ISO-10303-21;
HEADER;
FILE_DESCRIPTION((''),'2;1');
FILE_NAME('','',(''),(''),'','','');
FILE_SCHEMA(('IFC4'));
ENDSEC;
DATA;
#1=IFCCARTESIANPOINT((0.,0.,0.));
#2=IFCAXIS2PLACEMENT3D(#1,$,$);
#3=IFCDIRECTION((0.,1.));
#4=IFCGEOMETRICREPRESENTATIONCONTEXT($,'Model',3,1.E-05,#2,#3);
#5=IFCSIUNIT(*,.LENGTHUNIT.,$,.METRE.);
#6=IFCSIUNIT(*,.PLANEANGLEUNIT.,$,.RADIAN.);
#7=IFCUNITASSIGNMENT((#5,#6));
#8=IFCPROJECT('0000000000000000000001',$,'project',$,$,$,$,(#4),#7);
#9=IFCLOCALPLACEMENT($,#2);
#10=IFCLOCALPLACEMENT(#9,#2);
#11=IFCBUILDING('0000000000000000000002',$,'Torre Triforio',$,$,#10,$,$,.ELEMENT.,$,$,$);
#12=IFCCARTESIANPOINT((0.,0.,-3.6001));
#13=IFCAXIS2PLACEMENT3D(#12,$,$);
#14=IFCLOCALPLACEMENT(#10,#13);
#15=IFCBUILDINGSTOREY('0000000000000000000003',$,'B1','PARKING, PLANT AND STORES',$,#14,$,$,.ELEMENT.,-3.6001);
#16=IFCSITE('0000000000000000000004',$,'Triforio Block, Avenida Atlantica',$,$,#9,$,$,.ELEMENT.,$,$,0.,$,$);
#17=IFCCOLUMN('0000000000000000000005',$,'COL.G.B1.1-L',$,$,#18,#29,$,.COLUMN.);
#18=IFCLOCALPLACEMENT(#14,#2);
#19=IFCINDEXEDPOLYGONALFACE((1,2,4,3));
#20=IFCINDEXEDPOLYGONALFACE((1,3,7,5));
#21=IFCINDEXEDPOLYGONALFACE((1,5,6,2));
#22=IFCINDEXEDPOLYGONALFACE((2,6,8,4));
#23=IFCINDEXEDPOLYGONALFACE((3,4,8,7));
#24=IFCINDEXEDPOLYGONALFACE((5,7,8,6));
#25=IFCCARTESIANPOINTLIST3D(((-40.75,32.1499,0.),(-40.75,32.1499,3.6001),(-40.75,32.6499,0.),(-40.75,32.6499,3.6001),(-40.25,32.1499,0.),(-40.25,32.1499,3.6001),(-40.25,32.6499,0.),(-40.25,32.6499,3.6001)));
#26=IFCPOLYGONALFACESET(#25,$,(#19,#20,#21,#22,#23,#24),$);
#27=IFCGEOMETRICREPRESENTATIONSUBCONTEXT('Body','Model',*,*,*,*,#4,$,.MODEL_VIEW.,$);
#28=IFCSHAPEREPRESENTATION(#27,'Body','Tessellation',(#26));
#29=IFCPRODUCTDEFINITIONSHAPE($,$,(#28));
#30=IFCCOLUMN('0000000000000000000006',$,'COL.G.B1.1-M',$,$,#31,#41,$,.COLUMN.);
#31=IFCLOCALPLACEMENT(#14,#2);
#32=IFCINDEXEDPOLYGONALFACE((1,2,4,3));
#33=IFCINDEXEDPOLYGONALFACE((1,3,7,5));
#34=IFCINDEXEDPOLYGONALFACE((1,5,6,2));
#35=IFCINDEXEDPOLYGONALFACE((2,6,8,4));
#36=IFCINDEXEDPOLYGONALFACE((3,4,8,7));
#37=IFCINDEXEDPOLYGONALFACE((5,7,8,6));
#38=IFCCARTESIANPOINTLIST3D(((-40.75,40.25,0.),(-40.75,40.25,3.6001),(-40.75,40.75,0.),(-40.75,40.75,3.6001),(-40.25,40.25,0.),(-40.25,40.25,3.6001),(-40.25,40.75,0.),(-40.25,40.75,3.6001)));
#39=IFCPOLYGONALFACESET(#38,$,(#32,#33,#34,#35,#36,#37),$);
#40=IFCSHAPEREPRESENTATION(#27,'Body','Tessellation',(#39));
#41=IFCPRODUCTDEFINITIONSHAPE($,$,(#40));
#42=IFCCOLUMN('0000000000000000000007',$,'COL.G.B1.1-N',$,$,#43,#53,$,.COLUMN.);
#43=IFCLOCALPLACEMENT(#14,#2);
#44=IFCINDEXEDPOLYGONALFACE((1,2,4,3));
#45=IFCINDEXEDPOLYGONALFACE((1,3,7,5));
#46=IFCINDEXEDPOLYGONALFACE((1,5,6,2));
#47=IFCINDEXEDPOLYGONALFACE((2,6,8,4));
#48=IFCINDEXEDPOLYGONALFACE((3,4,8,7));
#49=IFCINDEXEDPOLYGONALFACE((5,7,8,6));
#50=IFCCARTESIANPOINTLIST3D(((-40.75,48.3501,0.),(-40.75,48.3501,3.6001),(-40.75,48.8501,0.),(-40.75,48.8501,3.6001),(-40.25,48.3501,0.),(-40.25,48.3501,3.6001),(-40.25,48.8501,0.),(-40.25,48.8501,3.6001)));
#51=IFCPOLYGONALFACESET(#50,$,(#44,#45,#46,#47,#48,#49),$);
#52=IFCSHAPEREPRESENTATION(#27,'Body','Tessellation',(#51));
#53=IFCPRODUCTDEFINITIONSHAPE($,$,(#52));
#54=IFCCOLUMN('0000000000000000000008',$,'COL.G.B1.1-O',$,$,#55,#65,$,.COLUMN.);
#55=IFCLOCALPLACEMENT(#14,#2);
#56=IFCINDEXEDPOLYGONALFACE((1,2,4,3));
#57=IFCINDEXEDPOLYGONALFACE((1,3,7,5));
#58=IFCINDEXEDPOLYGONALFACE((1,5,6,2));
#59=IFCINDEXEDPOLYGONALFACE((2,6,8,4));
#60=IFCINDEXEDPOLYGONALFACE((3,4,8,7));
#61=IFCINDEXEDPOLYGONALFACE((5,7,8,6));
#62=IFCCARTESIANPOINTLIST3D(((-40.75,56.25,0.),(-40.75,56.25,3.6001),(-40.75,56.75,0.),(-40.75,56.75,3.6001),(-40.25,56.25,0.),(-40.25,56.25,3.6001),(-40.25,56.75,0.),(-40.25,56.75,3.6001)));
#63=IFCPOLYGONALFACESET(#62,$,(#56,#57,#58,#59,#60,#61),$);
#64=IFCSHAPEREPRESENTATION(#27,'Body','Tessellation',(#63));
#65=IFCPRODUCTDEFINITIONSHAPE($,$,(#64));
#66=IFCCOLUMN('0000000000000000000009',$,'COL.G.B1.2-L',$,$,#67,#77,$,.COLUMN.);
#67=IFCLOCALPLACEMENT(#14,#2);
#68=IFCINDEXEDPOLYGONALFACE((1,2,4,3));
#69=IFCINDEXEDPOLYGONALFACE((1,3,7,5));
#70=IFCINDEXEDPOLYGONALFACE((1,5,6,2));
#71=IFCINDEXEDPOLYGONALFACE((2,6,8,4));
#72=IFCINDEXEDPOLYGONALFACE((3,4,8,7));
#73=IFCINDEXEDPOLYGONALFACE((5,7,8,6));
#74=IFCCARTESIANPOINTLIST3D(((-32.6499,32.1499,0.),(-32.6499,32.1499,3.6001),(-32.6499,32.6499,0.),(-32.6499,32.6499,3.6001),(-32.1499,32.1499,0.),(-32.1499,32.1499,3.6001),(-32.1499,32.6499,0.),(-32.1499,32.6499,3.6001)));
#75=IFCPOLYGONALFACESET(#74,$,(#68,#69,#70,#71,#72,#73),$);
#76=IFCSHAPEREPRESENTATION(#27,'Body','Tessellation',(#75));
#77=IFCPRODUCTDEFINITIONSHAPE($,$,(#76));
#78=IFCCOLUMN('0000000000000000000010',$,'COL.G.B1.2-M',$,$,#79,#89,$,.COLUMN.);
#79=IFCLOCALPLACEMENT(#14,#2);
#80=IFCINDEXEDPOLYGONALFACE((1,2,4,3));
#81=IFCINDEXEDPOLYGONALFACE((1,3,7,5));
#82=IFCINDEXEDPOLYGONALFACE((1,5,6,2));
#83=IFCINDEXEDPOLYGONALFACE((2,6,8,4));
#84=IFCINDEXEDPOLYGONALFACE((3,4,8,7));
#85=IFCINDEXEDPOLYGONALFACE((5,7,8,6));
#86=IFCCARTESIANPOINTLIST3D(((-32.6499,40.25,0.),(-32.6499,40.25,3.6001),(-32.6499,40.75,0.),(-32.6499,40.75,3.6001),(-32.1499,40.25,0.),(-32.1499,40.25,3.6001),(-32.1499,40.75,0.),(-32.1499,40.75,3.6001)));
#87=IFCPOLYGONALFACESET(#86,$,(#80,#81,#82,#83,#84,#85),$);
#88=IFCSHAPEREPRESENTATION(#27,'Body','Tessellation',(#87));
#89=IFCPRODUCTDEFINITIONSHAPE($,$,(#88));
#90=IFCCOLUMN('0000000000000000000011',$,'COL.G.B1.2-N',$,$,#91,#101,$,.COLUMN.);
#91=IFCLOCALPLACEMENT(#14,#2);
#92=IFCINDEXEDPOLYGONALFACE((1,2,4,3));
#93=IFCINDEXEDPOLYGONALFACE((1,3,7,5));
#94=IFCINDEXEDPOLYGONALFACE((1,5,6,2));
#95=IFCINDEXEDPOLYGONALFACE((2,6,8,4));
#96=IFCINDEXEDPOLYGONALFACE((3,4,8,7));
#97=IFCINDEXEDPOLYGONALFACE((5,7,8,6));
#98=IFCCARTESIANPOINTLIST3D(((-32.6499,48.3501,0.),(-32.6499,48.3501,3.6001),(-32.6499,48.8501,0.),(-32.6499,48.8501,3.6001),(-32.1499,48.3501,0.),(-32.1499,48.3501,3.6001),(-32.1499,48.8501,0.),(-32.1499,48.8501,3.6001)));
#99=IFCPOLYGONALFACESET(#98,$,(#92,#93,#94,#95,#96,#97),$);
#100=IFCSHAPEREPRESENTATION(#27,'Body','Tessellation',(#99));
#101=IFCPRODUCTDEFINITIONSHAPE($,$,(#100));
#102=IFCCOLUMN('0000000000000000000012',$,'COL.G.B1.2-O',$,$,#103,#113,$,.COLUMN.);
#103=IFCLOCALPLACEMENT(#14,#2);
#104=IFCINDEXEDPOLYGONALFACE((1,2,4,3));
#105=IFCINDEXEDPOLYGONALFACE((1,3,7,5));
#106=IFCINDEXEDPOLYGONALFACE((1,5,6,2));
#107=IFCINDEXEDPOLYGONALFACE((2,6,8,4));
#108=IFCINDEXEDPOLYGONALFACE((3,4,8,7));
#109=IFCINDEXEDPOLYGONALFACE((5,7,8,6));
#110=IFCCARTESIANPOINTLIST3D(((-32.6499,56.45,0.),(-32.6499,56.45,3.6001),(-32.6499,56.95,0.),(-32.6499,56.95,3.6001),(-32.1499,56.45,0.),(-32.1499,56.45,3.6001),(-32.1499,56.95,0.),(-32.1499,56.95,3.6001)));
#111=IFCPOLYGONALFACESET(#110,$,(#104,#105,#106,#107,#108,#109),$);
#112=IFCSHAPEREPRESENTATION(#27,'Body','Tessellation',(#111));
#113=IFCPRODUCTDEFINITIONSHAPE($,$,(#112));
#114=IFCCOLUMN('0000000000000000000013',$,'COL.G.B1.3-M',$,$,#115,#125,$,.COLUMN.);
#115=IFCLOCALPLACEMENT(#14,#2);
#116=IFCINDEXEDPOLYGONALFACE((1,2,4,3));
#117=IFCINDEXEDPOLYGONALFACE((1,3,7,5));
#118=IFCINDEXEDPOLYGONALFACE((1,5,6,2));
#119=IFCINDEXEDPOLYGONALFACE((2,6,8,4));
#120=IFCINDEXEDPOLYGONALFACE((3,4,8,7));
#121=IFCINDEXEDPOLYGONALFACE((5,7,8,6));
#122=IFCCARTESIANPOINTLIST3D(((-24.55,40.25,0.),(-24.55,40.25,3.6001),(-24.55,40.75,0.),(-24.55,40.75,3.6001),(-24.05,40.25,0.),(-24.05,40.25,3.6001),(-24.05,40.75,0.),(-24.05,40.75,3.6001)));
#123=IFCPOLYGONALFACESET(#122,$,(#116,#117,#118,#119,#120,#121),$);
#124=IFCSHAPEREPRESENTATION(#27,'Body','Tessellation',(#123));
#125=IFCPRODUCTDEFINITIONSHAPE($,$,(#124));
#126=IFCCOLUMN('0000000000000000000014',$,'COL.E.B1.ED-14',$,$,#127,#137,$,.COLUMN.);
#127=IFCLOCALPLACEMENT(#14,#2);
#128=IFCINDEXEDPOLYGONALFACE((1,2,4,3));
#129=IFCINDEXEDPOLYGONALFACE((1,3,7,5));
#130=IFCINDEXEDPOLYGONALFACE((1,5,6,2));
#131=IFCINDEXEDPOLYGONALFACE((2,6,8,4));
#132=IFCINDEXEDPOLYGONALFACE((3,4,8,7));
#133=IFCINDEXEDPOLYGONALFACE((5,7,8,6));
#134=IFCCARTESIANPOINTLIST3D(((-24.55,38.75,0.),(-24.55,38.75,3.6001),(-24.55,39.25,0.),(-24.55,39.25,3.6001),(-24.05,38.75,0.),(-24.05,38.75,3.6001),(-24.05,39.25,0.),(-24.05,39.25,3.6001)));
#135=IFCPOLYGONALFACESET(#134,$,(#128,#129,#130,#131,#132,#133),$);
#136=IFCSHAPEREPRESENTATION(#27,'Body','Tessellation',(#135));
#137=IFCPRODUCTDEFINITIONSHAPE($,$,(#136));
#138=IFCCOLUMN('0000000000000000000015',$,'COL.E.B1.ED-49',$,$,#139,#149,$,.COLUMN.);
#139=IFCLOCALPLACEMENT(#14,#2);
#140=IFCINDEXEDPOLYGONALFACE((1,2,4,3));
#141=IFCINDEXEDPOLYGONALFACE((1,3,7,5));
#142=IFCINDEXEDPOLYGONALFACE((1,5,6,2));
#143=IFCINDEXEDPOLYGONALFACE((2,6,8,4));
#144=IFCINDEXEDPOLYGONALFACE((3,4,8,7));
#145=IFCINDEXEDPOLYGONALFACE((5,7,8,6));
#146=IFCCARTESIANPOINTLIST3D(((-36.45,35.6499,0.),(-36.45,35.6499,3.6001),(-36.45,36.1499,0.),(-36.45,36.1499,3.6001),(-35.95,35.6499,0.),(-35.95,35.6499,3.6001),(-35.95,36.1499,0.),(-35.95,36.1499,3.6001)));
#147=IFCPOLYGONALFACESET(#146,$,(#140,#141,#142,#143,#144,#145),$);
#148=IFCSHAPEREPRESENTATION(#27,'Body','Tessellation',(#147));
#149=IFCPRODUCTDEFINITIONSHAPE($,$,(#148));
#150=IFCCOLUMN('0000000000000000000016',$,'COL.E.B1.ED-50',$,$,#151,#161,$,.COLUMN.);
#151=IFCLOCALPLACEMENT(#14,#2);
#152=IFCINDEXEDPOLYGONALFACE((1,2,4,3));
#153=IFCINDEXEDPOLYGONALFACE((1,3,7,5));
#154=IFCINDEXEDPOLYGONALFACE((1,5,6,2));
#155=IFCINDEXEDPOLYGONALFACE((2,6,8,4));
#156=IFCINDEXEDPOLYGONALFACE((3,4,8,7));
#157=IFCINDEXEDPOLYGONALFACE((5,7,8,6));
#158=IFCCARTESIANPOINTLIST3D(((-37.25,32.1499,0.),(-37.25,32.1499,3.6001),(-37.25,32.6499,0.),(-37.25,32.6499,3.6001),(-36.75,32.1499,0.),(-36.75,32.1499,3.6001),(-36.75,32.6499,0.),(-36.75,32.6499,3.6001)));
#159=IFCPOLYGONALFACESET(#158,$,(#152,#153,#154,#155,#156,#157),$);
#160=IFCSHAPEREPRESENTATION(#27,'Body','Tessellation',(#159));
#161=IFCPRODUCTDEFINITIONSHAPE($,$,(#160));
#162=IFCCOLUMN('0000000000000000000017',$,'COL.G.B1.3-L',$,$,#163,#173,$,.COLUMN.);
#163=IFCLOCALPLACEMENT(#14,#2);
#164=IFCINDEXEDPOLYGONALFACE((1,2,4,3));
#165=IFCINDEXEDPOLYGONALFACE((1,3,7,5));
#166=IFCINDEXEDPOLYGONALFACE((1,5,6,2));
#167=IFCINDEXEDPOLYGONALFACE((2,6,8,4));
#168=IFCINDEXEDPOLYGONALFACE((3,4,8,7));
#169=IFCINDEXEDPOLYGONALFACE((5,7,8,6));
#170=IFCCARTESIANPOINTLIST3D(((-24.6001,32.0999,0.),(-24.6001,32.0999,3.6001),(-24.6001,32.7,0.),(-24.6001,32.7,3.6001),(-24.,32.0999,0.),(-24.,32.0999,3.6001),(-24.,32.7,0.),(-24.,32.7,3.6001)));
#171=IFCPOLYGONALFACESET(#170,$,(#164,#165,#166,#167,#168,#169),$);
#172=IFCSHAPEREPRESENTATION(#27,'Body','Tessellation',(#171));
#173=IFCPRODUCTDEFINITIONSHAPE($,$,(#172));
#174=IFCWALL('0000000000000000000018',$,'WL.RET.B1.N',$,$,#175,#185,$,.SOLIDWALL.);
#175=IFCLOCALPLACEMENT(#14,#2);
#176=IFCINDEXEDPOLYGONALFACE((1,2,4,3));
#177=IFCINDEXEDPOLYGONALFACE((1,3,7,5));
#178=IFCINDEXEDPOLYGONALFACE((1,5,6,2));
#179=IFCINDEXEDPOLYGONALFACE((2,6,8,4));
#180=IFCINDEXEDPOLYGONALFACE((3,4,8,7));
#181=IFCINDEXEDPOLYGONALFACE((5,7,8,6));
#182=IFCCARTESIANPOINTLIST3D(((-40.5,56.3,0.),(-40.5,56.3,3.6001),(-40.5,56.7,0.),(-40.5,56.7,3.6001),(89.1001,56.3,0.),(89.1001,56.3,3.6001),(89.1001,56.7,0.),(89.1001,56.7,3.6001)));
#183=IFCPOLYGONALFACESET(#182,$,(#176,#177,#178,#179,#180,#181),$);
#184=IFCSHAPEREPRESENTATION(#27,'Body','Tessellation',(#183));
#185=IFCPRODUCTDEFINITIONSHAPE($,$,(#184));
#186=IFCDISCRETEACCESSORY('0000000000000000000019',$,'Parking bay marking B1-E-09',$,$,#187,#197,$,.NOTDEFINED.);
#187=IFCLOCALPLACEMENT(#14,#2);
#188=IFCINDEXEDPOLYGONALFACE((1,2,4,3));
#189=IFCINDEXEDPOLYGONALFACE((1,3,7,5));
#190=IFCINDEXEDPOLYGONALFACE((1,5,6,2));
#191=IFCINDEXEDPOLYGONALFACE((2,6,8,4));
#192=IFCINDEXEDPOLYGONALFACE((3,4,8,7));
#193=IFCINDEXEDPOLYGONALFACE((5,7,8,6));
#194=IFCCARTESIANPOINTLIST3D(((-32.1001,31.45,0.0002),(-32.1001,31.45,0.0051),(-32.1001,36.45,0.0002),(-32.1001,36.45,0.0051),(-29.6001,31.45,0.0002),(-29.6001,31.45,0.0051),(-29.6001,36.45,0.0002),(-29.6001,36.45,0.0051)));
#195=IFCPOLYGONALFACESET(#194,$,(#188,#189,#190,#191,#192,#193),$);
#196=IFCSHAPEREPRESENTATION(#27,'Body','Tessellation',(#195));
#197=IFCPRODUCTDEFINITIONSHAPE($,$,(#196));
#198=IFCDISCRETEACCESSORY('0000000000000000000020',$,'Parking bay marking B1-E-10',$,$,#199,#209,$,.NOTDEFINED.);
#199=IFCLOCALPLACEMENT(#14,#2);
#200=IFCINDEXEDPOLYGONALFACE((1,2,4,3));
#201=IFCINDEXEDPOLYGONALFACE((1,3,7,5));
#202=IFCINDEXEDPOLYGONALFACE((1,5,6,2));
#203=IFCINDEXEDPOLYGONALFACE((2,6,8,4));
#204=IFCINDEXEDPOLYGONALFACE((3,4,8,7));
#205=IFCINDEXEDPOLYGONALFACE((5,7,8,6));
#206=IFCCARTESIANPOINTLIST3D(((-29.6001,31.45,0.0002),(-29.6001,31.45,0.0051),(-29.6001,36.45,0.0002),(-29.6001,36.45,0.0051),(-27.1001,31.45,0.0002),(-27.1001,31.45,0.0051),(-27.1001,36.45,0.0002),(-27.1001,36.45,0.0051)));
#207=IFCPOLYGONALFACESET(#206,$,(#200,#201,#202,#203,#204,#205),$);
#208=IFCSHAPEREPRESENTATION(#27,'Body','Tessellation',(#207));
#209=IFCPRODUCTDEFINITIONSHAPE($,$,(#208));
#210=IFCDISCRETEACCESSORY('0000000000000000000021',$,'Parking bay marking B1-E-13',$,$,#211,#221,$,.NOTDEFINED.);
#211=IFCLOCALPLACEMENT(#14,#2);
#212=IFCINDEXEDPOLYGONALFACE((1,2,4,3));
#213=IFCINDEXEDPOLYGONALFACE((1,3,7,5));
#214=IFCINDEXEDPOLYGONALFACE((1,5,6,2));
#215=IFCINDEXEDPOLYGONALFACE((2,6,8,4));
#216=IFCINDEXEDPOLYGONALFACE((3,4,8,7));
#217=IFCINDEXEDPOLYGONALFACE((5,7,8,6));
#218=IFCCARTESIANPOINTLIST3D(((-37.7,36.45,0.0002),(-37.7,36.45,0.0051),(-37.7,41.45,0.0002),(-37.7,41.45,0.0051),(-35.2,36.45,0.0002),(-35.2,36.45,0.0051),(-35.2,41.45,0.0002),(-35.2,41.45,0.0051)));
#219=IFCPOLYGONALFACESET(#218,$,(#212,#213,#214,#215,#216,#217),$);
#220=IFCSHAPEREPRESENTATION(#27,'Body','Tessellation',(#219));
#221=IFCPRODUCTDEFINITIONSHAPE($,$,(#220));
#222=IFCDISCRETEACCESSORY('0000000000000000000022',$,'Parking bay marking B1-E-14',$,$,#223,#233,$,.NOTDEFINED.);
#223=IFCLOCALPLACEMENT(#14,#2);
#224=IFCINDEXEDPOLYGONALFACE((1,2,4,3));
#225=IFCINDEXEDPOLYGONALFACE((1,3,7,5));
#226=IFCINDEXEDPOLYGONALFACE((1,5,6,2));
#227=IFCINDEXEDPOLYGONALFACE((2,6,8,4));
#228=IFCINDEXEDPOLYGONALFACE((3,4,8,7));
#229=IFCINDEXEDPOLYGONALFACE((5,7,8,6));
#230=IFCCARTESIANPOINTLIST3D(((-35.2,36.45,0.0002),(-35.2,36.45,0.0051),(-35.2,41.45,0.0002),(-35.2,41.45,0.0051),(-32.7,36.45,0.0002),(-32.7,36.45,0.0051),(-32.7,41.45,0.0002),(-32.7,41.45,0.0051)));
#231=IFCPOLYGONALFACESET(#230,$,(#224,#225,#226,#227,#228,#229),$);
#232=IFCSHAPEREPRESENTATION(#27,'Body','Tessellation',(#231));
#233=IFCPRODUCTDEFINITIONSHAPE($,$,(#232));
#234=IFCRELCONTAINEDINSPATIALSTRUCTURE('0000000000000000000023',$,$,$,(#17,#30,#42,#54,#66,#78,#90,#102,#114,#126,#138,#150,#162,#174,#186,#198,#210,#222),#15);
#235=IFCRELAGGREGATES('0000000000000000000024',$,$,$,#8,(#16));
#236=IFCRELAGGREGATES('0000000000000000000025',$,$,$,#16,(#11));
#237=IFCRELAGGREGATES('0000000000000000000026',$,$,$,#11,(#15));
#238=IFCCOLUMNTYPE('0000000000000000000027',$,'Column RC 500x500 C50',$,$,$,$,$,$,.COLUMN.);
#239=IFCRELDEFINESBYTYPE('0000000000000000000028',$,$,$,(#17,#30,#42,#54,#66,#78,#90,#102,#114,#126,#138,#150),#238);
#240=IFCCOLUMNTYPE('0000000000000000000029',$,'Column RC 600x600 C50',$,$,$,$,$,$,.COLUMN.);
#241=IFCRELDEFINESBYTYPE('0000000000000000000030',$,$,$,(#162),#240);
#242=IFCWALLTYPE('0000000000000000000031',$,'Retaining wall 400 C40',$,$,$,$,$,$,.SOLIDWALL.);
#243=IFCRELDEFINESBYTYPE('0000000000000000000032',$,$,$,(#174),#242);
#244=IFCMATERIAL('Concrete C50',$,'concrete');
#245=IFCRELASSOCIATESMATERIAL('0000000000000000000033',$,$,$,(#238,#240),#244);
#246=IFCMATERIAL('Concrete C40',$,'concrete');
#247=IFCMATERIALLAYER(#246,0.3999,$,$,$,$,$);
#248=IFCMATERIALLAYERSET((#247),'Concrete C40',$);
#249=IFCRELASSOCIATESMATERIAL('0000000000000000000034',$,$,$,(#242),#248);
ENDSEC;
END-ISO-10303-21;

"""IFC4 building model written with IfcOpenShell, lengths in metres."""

from ifc_helpers import new_model, si_unit, direction, frame, frame_2d, origin, origin_2d, place, context, subcontext, project, spatial, rectangle, extrude, material, layer, layer_set, material_profile, profile_set, type_object, element, save


model = new_model("IFC4")

# Units and contexts
model_context = context("Model", 3, precision=1e-05, world=origin(), true_north=direction((0.0, 1.0)))
body_context = subcontext(model_context, "Body", "Model", "MODEL_VIEW")
ifc_project = project(units=[si_unit("LENGTHUNIT", "METRE"), si_unit("PLANEANGLEUNIT", "RADIAN")], contexts=[model_context])

# Site, building, storey
site_placement = place(None, origin())
site = spatial("IfcSite", under=ifc_project, at=site_placement, Name="Triforio Block, Avenida Atlantica", CompositionType="ELEMENT", RefElevation=0.0)
building_placement = place(site_placement, origin())
building = spatial("IfcBuilding", under=site, at=building_placement, Name="Torre Triforio", CompositionType="ELEMENT")
storey_placement = place(building_placement, frame((0.0, 0.0, -3.6001)))
storey = spatial("IfcBuildingStorey", under=building, at=storey_placement, Name="B1", Description="PARKING, PLANT AND STORES", CompositionType="ELEMENT", Elevation=-3.6001)

# Columns
ifc_material_1 = material(Name="Concrete C50", Category="concrete")
ifc_material_profile_1 = material_profile(ifc_material_1, rectangle(XDim=0.5, YDim=0.5, at=origin_2d()), Name="RC 500x500")
ifc_profile_set_1 = profile_set([ifc_material_profile_1], Name="Concrete C50")
column_type_1 = type_object("IfcColumnType", Name="Column RC 500x500 C50", PredefinedType="COLUMN", material=ifc_profile_set_1)
for number, where, z_axis, x_axis, name in (
    (1, (-40.5, 32.3999, 0.0), (0.0, 0.0, 1.0), (1.0, 0.0, 0.0), "COL.G.B1.1-L"),
    (2, (-40.5, 40.5, 0.0), (0.0, 0.0, 1.0), (1.0, 0.0, 0.0), "COL.G.B1.1-M"),
    (3, (-40.5, 48.6001, 0.0), (0.0, 0.0, 1.0), (1.0, 0.0, 0.0), "COL.G.B1.1-N"),
    (4, (-40.5, 56.5, 0.0), (0.0, 0.0, 1.0), (1.0, 0.0, 0.0), "COL.G.B1.1-O"),
    (5, (-32.3999, 32.3999, 0.0), (0.0, 0.0, 1.0), (1.0, 0.0, 0.0), "COL.G.B1.2-L"),
    (6, (-32.3999, 40.5, 0.0), (0.0, 0.0, 1.0), (1.0, 0.0, 0.0), "COL.G.B1.2-M"),
    (7, (-32.3999, 48.6001, 0.0), (0.0, 0.0, 1.0), (1.0, 0.0, 0.0), "COL.G.B1.2-N"),
    (8, (-32.3999, 56.7, 0.0), (0.0, 0.0, 1.0), (1.0, 0.0, 0.0), "COL.G.B1.2-O"),
    (9, (-24.3, 40.5, 0.0), (0.0, 0.0, 1.0), (1.0, 0.0, 0.0), "COL.G.B1.3-M"),
    (10, (-24.3, 39.0, 0.0), (0.0, 0.0, 1.0), (1.0, 0.0, 0.0), "COL.E.B1.ED-14"),
    (11, (-36.2, 35.8999, 0.0), (0.0, 0.0, 1.0), (1.0, 0.0, 0.0), "COL.E.B1.ED-49"),
    (12, (-37.0, 32.3999, 0.0), (0.0, 0.0, 1.0), (1.0, 0.0, 0.0), "COL.E.B1.ED-50"),
):
    element("IfcColumn", number, at=place(storey_placement, frame(where, z_axis=z_axis, x_axis=x_axis)), inside=storey, type_object=column_type_1, Name=name, PredefinedType="COLUMN", context=body_context, shape_type="SweptSolid", body=[
        extrude(rectangle(XDim=0.5, YDim=0.5, at=origin_2d()), origin(), (0.0, 0.0, 1.0), 3.6001),
    ])
ifc_material_profile_2 = material_profile(ifc_material_1, rectangle(XDim=0.6001, YDim=0.6001, at=origin_2d()), Name="RC 600x600")
ifc_profile_set_2 = profile_set([ifc_material_profile_2], Name="Concrete C50")
column_type_2 = type_object("IfcColumnType", Name="Column RC 600x600 C50", PredefinedType="COLUMN", material=ifc_profile_set_2)
column_placement = place(storey_placement, frame((-24.3, 32.3999, 0.0), z_axis=(0.0, 0.0, 1.0), x_axis=(1.0, 0.0, 0.0)))
element("IfcColumn", 13, at=column_placement, inside=storey, type_object=column_type_2, Name="COL.G.B1.3-L", PredefinedType="COLUMN", context=body_context, shape_type="SweptSolid", body=[
    extrude(rectangle(XDim=0.6001, YDim=0.6001, at=origin_2d()), origin(), (0.0, 0.0, 1.0), 3.6001),
])

# Wall
ifc_material_2 = material(Name="Concrete C40", Category="concrete")
ifc_layer = layer(ifc_material_2, 0.3999)
ifc_layer_set = layer_set([ifc_layer], Name="Concrete C40")
wall_type = type_object("IfcWallType", Name="Retaining wall 400 C40", PredefinedType="SOLIDWALL", material=ifc_layer_set)
wall_placement = place(storey_placement, frame((-40.5, 56.5, 0.0), z_axis=(0.0, 0.0, 1.0), x_axis=(1.0, 0.0, 0.0)))
element("IfcWall", 14, at=wall_placement, inside=storey, type_object=wall_type, Name="WL.RET.B1.N", PredefinedType="SOLIDWALL", context=body_context, shape_type="SweptSolid", body=[
    extrude(rectangle(XDim=129.6001, YDim=0.3999, at=frame_2d((64.8, 0.0))), origin(), (0.0, 0.0, 1.0), 3.6001),
])

# Discrete accessories
for number, where, z_axis, x_axis, name in (
    (15, (-30.8501, 33.95, 0.0002), (0.0, 0.0, 1.0), (1.0, 0.0, 0.0), "Parking bay marking B1-E-09"),
    (16, (-28.3501, 33.95, 0.0002), (0.0, 0.0, 1.0), (1.0, 0.0, 0.0), "Parking bay marking B1-E-10"),
    (17, (-36.45, 38.95, 0.0002), (0.0, 0.0, 1.0), (1.0, 0.0, 0.0), "Parking bay marking B1-E-13"),
    (18, (-33.95, 38.95, 0.0002), (0.0, 0.0, 1.0), (1.0, 0.0, 0.0), "Parking bay marking B1-E-14"),
):
    element("IfcDiscreteAccessory", number, at=place(storey_placement, frame(where, z_axis=z_axis, x_axis=x_axis)), inside=storey, Name=name, PredefinedType="NOTDEFINED", context=body_context, shape_type="SweptSolid", body=[
        extrude(rectangle(XDim=2.5, YDim=5.0, at=origin_2d()), origin(), (0.0, 0.0, 1.0), 0.0049),
    ])

save(model, "model.ifc")
